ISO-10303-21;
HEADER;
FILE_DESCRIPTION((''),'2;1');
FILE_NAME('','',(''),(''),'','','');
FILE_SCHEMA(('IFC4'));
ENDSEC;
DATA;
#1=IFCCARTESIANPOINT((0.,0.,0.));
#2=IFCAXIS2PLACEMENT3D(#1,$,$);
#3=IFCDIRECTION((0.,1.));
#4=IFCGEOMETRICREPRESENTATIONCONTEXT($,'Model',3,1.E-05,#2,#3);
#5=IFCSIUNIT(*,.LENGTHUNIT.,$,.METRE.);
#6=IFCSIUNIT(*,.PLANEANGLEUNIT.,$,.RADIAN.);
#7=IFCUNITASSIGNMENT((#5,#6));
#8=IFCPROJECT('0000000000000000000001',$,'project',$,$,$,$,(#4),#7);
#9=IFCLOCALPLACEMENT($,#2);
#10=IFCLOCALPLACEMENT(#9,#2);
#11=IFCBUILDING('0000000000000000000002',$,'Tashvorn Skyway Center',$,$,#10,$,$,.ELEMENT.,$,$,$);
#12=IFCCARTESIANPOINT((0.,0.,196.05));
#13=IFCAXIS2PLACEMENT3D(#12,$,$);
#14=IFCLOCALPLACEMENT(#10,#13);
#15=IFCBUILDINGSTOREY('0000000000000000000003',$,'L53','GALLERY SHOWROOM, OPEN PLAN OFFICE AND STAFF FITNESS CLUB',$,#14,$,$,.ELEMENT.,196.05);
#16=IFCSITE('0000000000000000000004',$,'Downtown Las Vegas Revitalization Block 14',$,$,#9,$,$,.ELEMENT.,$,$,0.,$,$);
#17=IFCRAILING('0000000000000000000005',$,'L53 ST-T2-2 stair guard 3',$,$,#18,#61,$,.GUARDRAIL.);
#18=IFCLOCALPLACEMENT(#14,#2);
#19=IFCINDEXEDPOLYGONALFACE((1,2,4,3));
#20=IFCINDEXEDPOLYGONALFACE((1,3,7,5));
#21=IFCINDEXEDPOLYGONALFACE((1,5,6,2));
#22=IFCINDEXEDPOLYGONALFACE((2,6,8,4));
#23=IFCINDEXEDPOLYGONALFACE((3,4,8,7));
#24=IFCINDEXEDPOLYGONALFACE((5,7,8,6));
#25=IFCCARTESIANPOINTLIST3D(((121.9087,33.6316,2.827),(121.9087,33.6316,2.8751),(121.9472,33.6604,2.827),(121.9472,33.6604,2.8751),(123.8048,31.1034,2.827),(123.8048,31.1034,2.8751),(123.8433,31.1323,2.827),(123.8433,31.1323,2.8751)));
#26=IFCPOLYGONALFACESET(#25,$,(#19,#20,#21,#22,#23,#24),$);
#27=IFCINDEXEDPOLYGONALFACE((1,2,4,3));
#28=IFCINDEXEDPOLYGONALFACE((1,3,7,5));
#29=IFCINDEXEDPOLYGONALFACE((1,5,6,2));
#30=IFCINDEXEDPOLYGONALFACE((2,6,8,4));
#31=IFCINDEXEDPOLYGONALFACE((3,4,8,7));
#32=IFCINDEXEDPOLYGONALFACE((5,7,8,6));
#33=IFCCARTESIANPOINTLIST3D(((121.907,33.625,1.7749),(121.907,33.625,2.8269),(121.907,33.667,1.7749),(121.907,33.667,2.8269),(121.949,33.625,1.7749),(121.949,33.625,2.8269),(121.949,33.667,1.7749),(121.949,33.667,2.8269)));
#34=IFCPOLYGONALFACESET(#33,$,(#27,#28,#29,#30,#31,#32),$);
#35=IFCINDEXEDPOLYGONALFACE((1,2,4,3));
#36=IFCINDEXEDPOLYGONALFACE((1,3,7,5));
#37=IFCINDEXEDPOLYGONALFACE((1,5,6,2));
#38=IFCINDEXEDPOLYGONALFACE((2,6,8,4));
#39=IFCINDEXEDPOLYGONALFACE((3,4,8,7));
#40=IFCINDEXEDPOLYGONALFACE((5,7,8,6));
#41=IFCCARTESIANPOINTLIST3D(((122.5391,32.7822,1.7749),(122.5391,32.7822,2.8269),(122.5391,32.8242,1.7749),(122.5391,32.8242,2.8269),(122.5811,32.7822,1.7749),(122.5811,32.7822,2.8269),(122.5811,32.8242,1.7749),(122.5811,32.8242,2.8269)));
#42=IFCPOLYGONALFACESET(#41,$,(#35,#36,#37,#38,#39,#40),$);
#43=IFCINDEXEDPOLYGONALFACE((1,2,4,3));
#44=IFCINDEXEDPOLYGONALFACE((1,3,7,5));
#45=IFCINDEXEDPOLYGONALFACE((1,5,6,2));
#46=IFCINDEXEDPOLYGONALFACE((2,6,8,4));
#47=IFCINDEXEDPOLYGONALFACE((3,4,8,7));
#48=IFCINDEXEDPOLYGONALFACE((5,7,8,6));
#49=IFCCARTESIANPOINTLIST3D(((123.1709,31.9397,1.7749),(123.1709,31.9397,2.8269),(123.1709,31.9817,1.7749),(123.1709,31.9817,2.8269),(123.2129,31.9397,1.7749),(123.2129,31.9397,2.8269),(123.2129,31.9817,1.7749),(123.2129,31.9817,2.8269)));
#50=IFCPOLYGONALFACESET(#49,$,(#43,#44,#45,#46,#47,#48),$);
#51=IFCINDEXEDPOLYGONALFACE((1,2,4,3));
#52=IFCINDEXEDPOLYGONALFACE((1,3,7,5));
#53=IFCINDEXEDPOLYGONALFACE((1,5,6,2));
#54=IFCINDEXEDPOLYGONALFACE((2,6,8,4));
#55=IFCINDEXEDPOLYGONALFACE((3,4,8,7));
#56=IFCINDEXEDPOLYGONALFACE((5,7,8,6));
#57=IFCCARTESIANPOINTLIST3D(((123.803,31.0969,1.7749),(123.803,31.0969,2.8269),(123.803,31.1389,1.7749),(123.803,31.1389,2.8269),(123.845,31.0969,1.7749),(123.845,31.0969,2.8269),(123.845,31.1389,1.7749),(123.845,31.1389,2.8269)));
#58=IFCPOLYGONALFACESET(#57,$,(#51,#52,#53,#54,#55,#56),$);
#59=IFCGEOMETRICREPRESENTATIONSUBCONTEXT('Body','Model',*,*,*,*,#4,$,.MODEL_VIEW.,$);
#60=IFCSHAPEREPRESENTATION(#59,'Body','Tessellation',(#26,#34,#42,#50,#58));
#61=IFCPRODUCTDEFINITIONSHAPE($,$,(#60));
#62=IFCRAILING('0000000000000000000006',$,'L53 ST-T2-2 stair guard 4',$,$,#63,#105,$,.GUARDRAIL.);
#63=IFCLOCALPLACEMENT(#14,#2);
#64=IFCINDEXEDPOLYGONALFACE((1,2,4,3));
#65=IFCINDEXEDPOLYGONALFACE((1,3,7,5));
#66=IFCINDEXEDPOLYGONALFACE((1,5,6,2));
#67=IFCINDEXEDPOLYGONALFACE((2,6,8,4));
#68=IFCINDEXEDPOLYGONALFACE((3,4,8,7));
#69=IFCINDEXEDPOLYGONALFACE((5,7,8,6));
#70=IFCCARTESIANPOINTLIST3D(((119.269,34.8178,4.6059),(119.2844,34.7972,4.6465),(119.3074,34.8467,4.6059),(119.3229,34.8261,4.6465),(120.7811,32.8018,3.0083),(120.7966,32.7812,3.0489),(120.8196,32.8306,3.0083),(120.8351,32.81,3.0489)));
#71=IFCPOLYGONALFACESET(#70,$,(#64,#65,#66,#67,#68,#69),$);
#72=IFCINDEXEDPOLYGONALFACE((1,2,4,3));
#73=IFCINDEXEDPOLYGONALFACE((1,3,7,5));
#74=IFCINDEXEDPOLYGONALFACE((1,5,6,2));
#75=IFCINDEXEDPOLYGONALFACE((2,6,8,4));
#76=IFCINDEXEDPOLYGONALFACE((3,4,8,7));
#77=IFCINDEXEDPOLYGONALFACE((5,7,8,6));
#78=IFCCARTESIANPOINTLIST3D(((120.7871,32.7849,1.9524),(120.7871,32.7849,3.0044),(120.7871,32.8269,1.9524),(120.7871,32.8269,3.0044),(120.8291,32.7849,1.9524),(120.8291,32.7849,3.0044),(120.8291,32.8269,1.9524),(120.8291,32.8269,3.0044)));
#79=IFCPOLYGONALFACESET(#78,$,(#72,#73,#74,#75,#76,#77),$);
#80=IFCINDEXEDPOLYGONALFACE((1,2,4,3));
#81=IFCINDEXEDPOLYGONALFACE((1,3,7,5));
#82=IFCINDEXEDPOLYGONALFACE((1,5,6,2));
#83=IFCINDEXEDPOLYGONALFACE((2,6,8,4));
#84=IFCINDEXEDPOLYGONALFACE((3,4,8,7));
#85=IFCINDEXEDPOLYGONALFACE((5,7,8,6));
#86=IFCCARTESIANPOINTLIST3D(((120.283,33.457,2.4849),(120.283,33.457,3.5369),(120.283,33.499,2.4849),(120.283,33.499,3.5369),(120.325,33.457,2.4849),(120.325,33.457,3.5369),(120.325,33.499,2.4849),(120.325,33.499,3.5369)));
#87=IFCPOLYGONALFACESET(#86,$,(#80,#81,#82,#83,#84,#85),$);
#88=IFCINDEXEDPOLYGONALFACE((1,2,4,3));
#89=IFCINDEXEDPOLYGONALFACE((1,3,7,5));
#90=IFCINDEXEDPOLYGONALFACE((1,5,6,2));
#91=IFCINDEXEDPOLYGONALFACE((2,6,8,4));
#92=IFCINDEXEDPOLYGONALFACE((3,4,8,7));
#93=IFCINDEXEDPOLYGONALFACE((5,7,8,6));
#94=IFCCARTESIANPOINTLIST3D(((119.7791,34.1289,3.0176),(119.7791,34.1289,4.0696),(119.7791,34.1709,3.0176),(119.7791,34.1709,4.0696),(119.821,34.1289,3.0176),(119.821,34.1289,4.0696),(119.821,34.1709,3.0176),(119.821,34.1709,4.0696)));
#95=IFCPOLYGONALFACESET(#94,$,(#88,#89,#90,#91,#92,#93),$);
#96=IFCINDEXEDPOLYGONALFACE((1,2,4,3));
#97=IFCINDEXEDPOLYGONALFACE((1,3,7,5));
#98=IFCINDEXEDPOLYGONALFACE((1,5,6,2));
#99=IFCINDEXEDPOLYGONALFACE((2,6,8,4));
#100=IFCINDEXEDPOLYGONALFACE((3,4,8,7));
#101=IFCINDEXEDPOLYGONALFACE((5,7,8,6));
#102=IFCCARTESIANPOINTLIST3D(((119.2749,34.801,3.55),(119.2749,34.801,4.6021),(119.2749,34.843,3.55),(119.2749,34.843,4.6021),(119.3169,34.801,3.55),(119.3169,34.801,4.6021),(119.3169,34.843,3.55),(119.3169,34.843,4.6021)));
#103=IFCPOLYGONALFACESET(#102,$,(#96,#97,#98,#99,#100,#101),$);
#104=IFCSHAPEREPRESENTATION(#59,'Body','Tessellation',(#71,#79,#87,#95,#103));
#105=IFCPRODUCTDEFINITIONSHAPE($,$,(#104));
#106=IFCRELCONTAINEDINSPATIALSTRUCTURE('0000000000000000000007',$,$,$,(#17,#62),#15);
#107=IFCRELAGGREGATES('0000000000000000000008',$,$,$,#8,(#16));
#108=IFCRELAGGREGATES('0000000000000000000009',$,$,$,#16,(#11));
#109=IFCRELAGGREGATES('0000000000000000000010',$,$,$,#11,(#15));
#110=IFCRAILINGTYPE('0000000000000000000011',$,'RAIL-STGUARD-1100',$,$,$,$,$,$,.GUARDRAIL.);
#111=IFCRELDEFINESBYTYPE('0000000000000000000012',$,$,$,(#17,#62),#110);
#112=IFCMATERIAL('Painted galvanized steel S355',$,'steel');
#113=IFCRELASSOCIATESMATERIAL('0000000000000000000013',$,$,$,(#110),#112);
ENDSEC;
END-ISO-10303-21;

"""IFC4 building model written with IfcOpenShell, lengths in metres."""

from ifc_helpers import new_model, si_unit, direction, frame, origin, origin_2d, place, context, subcontext, project, spatial, rectangle, extrude, material, type_object, element, save


model = new_model("IFC4")

# Units and contexts
model_context = context("Model", 3, precision=1e-05, world=origin(), true_north=direction((0.0, 1.0)))
body_context = subcontext(model_context, "Body", "Model", "MODEL_VIEW")
ifc_project = project(units=[si_unit("LENGTHUNIT", "METRE"), si_unit("PLANEANGLEUNIT", "RADIAN")], contexts=[model_context])

# Site, building, storey
site_placement = place(None, origin())
site = spatial("IfcSite", under=ifc_project, at=site_placement, Name="Downtown Las Vegas Revitalization Block 14", CompositionType="ELEMENT", RefElevation=0.0)
building_placement = place(site_placement, origin())
building = spatial("IfcBuilding", under=site, at=building_placement, Name="Tashvorn Skyway Center", CompositionType="ELEMENT")
storey_placement = place(building_placement, frame((0.0, 0.0, 196.05)))
storey = spatial("IfcBuildingStorey", under=building, at=storey_placement, Name="L53", Description="GALLERY SHOWROOM, OPEN PLAN OFFICE AND STAFF FITNESS CLUB", CompositionType="ELEMENT", Elevation=196.05)

# Railings
ifc_material_1 = material(Name="Painted galvanized steel S355", Category="steel")
railing_type_1 = type_object("IfcRailingType", Name="RAIL-STGUARD-1100", PredefinedType="GUARDRAIL", material=ifc_material_1)
railing_1_placement = place(storey_placement, frame((121.928, 33.646, 1.7749)))
element("IfcRailing", 1, at=railing_1_placement, inside=storey, type_object=railing_type_1, Name="L53 ST-T2-2 stair guard 3", PredefinedType="GUARDRAIL", context=body_context, shape_type="SweptSolid", body=[
    extrude(rectangle(XDim=0.0481, YDim=0.0481, at=origin_2d()), frame((0.0, 0.0, 1.0762), z_axis=(0.599988, -0.800009, 0.0), x_axis=(0.800009, 0.599988, 0.0)), (0.0, 0.0, 1.0), 3.1602),
    extrude(rectangle(XDim=0.042, YDim=0.042, at=origin_2d()), origin(), (0.0, 0.0, 1.0), 1.052),
    extrude(rectangle(XDim=0.042, YDim=0.042, at=origin_2d()), frame((0.6321, -0.8428, 0.0)), (0.0, 0.0, 1.0), 1.052),
    extrude(rectangle(XDim=0.042, YDim=0.042, at=origin_2d()), frame((1.2639, -1.6853, 0.0)), (0.0, 0.0, 1.0), 1.052),
    extrude(rectangle(XDim=0.042, YDim=0.042, at=origin_2d()), frame((1.896, -2.5281, 0.0)), (0.0, 0.0, 1.0), 1.052),
])
railing_2_placement = place(storey_placement, frame((120.8081, 32.8059, 1.9524)))
element("IfcRailing", 2, at=railing_2_placement, inside=storey, type_object=railing_type_1, Name="L53 ST-T2-2 stair guard 4", PredefinedType="GUARDRAIL", context=body_context, shape_type="SweptSolid", body=[
    extrude(rectangle(XDim=0.0481, YDim=0.0481, at=origin_2d()), frame((0.0, 0.0, 1.0762), z_axis=(-0.506779, 0.675651, 0.535416), x_axis=(-0.799977, -0.600031, 0.0)), (0.0, 0.0, 1.0), 2.9839),
    extrude(rectangle(XDim=0.042, YDim=0.042, at=origin_2d()), origin(), (0.0, 0.0, 1.0), 1.052),
    extrude(rectangle(XDim=0.042, YDim=0.042, at=origin_2d()), frame((-0.5042, 0.6721, 0.5325)), (0.0, 0.0, 1.0), 1.052),
    extrude(rectangle(XDim=0.042, YDim=0.042, at=origin_2d()), frame((-1.0081, 1.344, 1.0652)), (0.0, 0.0, 1.0), 1.052),
    extrude(rectangle(XDim=0.042, YDim=0.042, at=origin_2d()), frame((-1.5122, 2.0161, 1.5977)), (0.0, 0.0, 1.0), 1.052),
])

save(model, "model.ifc")
